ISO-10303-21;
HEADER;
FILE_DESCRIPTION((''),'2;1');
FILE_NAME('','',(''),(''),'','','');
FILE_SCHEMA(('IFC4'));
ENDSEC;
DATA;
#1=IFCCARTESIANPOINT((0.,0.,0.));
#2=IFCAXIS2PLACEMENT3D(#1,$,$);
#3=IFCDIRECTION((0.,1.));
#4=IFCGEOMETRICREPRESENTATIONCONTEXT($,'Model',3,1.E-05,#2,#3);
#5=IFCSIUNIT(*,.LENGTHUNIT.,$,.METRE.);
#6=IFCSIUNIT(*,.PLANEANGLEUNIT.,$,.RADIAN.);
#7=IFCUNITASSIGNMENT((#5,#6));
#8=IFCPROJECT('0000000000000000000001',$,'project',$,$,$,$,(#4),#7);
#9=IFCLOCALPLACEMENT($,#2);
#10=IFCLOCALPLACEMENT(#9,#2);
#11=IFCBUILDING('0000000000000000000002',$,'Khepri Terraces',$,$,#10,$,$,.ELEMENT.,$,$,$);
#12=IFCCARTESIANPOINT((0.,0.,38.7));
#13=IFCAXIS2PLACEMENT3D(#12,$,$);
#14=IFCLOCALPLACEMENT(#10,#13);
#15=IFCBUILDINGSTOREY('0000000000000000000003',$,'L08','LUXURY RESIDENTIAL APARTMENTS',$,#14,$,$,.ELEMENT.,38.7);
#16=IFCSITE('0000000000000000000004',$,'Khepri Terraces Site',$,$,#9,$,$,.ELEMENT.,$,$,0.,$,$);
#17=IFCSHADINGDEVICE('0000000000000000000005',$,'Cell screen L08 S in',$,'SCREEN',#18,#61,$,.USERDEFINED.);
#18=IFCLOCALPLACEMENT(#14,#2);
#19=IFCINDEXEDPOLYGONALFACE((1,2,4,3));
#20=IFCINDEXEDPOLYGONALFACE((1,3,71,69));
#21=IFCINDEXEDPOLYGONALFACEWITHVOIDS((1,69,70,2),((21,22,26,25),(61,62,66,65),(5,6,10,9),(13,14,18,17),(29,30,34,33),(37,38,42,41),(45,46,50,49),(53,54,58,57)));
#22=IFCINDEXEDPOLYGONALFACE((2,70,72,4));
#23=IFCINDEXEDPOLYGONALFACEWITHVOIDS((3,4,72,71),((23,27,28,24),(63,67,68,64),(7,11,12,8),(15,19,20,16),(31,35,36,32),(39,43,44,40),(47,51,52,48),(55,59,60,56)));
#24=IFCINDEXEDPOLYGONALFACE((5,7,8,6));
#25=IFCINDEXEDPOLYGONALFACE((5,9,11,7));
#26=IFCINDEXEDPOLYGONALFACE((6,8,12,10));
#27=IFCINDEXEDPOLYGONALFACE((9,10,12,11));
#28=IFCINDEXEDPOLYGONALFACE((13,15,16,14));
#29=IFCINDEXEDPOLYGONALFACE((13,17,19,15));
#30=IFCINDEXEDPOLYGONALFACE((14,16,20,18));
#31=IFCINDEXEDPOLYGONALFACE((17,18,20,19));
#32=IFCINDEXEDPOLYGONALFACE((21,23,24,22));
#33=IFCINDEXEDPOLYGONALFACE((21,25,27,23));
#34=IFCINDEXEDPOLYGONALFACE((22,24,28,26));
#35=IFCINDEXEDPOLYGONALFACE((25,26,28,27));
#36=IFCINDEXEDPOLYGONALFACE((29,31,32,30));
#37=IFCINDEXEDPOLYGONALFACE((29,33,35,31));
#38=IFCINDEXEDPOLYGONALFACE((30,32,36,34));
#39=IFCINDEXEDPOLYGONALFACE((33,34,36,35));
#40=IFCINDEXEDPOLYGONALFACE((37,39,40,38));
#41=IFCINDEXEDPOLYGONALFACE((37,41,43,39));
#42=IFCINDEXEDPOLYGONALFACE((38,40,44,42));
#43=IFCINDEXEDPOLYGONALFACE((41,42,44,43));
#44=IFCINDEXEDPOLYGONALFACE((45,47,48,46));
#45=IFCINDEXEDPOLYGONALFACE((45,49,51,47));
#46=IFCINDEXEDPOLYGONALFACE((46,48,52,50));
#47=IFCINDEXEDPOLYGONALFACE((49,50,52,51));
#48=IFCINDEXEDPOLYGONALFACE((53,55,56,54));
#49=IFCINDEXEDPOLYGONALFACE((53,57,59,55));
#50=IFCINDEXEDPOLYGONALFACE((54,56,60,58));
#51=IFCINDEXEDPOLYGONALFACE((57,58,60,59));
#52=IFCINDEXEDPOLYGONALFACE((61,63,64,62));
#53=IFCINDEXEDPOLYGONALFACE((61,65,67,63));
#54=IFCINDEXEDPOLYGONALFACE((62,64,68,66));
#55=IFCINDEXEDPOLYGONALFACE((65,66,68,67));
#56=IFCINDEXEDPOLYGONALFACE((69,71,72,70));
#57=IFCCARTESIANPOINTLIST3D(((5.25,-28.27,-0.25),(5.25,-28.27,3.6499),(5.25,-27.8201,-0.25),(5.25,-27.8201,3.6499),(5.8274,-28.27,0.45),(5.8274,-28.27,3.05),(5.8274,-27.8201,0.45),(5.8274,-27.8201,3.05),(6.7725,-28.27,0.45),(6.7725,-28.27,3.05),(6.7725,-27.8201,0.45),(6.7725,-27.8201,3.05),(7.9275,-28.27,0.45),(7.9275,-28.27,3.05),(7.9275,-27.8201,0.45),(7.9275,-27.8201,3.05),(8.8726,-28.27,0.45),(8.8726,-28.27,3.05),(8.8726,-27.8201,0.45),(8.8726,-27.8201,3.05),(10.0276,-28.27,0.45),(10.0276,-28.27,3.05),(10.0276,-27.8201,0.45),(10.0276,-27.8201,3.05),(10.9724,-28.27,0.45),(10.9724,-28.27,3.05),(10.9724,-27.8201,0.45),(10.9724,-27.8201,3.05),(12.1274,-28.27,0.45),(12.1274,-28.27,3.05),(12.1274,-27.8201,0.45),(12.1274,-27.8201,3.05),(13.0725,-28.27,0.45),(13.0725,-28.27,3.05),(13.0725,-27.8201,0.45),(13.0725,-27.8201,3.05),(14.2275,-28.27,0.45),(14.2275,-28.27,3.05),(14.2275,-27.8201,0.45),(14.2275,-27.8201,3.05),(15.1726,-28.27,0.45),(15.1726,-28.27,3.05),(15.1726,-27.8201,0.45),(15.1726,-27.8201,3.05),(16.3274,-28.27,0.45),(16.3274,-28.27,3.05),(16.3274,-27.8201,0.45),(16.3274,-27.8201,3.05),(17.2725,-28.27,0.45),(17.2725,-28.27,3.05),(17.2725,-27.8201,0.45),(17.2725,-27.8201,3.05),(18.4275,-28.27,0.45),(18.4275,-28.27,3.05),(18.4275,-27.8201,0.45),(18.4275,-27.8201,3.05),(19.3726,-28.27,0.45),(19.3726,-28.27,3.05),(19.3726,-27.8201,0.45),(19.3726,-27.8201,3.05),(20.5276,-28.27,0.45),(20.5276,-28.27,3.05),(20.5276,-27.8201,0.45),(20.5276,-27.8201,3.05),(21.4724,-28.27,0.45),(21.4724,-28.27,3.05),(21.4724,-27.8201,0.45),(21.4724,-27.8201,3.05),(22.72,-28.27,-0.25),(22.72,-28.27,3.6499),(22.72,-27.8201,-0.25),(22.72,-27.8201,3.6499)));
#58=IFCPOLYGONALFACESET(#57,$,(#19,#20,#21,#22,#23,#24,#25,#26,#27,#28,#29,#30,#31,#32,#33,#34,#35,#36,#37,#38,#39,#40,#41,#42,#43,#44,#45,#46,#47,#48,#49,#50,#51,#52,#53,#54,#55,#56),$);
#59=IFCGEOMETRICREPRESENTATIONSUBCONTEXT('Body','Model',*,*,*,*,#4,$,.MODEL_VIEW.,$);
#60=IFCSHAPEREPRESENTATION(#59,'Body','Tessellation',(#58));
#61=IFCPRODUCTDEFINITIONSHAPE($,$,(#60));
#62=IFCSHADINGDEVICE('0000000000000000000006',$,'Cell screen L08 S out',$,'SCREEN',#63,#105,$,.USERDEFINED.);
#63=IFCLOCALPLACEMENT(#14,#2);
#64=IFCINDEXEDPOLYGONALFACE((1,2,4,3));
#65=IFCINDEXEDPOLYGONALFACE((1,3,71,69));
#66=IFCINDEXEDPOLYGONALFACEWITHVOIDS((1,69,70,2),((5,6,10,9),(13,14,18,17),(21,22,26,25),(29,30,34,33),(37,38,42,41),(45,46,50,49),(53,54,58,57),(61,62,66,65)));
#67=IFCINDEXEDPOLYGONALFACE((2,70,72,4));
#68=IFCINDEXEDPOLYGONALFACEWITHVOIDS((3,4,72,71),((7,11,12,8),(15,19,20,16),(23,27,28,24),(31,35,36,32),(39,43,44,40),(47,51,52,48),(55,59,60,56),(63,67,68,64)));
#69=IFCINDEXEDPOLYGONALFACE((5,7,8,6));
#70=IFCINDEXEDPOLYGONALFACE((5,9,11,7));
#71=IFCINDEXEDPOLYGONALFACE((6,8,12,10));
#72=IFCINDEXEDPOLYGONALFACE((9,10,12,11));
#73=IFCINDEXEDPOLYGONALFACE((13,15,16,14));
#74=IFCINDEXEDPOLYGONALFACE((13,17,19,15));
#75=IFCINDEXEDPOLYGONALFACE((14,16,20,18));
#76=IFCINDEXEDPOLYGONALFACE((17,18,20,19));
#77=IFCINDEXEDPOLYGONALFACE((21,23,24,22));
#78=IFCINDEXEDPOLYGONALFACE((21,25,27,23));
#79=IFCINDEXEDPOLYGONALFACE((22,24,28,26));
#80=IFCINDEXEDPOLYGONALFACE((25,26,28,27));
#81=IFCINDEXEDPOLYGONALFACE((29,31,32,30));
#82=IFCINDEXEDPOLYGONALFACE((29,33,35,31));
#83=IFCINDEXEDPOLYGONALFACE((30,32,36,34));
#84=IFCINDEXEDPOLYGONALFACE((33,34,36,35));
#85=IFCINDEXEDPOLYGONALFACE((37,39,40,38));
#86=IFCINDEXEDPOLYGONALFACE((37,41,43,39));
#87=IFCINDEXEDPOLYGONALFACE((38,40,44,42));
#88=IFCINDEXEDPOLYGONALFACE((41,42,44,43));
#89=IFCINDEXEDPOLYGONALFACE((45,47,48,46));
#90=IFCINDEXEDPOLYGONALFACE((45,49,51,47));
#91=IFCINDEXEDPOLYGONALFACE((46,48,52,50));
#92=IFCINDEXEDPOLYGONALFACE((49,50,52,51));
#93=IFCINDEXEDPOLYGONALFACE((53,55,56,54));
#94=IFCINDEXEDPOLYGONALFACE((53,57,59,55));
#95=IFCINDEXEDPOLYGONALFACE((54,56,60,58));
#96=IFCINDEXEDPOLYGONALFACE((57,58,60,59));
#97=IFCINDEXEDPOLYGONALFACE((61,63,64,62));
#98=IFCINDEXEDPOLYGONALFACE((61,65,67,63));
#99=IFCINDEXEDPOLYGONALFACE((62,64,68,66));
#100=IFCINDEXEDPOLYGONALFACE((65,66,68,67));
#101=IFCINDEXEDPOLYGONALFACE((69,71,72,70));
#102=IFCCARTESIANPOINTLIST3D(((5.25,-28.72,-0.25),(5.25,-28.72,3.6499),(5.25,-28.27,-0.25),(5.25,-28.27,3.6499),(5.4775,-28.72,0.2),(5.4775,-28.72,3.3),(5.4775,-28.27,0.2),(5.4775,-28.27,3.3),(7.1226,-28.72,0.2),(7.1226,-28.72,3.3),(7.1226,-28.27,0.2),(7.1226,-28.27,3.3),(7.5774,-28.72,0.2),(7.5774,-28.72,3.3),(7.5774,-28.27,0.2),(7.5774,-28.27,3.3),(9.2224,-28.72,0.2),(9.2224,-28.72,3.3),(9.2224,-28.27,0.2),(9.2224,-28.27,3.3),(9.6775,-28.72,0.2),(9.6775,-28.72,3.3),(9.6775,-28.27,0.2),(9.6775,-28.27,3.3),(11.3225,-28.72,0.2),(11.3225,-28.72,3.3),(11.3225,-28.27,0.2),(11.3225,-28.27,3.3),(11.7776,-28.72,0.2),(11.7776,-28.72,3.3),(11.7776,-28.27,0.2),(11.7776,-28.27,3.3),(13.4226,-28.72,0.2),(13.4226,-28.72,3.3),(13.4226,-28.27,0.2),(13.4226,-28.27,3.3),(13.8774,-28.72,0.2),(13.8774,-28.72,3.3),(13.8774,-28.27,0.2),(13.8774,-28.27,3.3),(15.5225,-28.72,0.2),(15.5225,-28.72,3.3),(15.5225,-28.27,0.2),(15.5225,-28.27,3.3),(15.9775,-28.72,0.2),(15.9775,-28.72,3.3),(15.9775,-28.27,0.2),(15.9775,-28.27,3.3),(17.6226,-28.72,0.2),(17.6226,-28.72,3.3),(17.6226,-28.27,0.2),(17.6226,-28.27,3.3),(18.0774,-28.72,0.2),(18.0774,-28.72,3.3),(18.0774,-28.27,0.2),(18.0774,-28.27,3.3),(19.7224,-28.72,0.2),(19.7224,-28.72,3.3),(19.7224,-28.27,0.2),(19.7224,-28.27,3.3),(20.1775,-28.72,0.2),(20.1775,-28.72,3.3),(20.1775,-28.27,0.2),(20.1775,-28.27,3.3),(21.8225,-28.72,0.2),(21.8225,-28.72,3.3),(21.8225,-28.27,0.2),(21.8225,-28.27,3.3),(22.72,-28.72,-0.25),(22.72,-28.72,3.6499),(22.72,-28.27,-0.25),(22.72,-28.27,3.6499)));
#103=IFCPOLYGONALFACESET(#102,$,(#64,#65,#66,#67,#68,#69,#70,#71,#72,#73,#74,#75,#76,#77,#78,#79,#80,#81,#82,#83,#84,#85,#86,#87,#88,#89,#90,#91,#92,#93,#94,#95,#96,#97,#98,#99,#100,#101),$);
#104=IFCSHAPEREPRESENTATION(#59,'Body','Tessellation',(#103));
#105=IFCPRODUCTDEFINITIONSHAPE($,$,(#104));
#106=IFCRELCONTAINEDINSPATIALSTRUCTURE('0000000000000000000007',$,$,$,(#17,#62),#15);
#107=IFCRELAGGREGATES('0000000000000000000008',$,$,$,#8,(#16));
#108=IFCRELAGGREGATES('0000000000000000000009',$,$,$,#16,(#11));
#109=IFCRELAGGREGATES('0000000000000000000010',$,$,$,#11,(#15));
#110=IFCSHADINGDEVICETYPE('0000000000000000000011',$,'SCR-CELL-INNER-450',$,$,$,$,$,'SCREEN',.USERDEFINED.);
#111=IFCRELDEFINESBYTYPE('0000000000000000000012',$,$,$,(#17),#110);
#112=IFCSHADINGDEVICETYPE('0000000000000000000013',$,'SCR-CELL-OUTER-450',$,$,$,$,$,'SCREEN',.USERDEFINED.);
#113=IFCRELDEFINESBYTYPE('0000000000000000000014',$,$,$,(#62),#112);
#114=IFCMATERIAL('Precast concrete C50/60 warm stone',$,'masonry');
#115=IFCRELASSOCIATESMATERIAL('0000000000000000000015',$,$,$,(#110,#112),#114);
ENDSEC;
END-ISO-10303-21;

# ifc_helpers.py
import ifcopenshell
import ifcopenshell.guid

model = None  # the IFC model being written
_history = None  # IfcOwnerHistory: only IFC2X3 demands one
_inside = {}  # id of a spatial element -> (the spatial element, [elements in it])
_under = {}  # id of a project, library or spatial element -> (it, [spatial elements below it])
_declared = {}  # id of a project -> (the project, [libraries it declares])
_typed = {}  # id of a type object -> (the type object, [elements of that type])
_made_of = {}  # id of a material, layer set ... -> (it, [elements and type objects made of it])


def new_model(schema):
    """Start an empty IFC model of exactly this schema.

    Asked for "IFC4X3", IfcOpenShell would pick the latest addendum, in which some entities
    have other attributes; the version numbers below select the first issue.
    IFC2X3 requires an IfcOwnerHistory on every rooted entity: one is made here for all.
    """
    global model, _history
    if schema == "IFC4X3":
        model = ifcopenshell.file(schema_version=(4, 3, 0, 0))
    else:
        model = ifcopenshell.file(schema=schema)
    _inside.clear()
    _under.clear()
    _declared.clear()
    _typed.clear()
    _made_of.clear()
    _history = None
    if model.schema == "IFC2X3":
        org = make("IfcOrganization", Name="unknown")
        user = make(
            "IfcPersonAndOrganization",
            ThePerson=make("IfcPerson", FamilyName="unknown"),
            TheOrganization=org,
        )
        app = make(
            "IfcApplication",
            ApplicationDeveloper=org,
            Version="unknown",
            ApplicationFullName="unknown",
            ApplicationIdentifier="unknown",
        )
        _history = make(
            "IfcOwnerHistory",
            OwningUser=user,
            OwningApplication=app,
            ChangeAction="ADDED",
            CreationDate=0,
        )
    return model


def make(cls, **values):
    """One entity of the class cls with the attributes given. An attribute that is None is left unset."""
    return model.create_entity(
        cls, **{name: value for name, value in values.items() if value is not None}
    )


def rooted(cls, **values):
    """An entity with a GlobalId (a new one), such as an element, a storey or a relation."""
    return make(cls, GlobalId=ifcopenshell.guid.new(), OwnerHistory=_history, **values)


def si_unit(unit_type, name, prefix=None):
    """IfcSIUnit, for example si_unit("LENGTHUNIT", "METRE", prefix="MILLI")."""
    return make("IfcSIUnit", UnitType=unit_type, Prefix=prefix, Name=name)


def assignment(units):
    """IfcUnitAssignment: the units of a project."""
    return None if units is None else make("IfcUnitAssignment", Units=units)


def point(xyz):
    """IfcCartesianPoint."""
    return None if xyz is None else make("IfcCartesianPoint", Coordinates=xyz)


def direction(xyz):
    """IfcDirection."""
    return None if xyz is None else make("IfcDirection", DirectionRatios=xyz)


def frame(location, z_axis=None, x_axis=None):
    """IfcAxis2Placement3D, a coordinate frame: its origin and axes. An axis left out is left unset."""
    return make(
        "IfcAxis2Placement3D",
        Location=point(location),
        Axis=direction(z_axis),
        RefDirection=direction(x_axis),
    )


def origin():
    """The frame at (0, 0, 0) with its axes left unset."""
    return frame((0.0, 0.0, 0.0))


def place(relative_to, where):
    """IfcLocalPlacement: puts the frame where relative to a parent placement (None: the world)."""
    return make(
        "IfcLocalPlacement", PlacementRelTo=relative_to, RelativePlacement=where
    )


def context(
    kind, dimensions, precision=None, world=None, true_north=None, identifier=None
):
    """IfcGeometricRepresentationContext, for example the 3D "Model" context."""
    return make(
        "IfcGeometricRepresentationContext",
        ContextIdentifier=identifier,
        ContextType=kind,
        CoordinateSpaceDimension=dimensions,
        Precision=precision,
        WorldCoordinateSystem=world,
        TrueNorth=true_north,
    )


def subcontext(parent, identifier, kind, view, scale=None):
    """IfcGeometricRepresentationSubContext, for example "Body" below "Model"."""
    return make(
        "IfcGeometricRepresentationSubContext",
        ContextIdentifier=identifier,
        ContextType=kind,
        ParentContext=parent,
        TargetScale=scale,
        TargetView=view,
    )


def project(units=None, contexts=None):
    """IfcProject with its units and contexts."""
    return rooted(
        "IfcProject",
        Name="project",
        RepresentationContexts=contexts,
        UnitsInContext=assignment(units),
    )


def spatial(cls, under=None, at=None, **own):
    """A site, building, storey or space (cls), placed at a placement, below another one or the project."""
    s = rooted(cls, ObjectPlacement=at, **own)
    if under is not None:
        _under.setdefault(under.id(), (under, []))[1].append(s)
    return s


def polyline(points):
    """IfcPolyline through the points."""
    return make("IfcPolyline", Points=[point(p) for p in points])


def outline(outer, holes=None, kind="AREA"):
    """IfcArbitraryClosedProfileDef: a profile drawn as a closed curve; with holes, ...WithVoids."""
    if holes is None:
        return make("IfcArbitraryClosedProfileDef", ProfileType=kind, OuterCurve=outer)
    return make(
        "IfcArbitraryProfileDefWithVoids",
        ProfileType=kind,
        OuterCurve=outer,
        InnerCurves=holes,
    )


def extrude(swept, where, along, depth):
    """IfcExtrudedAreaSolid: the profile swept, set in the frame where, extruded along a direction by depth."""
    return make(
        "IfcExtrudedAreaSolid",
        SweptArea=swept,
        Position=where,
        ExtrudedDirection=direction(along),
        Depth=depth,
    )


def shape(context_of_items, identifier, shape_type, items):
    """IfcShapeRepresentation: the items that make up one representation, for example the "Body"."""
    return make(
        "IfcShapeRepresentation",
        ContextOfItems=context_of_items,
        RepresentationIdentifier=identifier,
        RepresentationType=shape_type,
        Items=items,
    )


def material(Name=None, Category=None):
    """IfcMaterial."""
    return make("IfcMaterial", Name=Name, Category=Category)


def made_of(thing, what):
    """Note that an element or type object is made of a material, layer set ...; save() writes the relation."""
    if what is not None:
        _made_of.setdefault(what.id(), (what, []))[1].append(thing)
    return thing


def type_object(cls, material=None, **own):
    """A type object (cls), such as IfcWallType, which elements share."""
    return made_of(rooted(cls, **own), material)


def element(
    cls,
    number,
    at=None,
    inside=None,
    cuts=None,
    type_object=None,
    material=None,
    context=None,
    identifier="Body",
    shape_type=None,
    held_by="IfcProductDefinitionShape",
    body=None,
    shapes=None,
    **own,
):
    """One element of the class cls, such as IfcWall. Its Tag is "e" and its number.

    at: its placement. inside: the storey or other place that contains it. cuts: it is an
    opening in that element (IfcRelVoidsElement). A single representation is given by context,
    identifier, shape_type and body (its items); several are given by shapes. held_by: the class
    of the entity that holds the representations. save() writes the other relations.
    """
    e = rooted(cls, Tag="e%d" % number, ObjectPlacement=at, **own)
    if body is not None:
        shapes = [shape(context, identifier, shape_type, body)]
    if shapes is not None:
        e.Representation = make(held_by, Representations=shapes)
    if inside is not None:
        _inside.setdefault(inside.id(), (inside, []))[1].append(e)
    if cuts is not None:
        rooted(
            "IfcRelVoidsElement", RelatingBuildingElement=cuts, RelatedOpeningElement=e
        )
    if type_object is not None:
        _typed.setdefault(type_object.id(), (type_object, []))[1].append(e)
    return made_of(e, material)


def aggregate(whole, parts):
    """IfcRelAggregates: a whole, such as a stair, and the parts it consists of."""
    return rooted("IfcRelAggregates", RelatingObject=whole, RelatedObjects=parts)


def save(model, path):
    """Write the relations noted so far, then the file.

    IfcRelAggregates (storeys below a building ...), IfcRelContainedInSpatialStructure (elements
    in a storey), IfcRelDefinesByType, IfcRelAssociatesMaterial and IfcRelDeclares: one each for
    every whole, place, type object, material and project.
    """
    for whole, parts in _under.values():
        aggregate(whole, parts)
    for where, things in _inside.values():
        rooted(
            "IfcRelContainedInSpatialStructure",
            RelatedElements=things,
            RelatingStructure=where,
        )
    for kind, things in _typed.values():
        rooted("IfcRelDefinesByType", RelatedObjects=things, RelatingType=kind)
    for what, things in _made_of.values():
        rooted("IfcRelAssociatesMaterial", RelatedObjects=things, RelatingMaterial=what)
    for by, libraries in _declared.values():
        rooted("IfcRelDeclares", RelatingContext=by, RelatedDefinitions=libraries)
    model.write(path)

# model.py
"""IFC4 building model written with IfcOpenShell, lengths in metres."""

from ifc_helpers import new_model, si_unit, direction, frame, origin, place, context, subcontext, project, spatial, polyline, outline, extrude, material, type_object, element, save


model = new_model("IFC4")

# Units and contexts
model_context = context("Model", 3, precision=1e-05, world=origin(), true_north=direction((0.0, 1.0)))
body_context = subcontext(model_context, "Body", "Model", "MODEL_VIEW")
ifc_project = project(units=[si_unit("LENGTHUNIT", "METRE"), si_unit("PLANEANGLEUNIT", "RADIAN")], contexts=[model_context])

# Site, building, storey
site_placement = place(None, origin())
site = spatial("IfcSite", under=ifc_project, at=site_placement, Name="Khepri Terraces Site", CompositionType="ELEMENT", RefElevation=0.0)
building_placement = place(site_placement, origin())
building = spatial("IfcBuilding", under=site, at=building_placement, Name="Khepri Terraces", CompositionType="ELEMENT")
storey_placement = place(building_placement, frame((0.0, 0.0, 38.7)))
storey = spatial("IfcBuildingStorey", under=building, at=storey_placement, Name="L08", Description="LUXURY RESIDENTIAL APARTMENTS", CompositionType="ELEMENT", Elevation=38.7)

# Shared definitions
ifc_material_1 = material(Name="Precast concrete C50/60 warm stone", Category="masonry")

# Shading devices
shading_device_type_1 = type_object("IfcShadingDeviceType", Name="SCR-CELL-INNER-450", ElementType="SCREEN", PredefinedType="USERDEFINED", material=ifc_material_1)
shading_device_1_placement = place(storey_placement, frame((5.25, -27.8201, -0.25), z_axis=(0.0, -1.0, 0.0), x_axis=(1.0, 0.0, 0.0)))
element("IfcShadingDevice", 1, at=shading_device_1_placement, inside=storey, type_object=shading_device_type_1, Name="Cell screen L08 S in", ObjectType="SCREEN", PredefinedType="USERDEFINED", context=body_context, shape_type="SweptSolid", body=[
    extrude(outline(polyline([(0.0, 0.0), (17.47, 0.0), (17.47, 3.8999), (0.0, 3.8999), (0.0, 0.0)]), holes=[polyline([(0.5774, 0.7), (1.5225, 0.7), (1.5225, 3.3), (0.5774, 3.3), (0.5774, 0.7)]), polyline([(2.6775, 0.7), (3.6226, 0.7), (3.6226, 3.3), (2.6775, 3.3), (2.6775, 0.7)]), polyline([(4.7776, 0.7), (5.7224, 0.7), (5.7224, 3.3), (4.7776, 3.3), (4.7776, 0.7)]), polyline([(6.8774, 0.7), (7.8225, 0.7), (7.8225, 3.3), (6.8774, 3.3), (6.8774, 0.7)]), polyline([(8.9775, 0.7), (9.9226, 0.7), (9.9226, 3.3), (8.9775, 3.3), (8.9775, 0.7)]), polyline([(11.0774, 0.7), (12.0225, 0.7), (12.0225, 3.3), (11.0774, 3.3), (11.0774, 0.7)]), polyline([(13.1775, 0.7), (14.1226, 0.7), (14.1226, 3.3), (13.1775, 3.3), (13.1775, 0.7)]), polyline([(15.2776, 0.7), (16.2224, 0.7), (16.2224, 3.3), (15.2776, 3.3), (15.2776, 0.7)])]), origin(), (0.0, 0.0, 1.0), 0.45),
])
shading_device_type_2 = type_object("IfcShadingDeviceType", Name="SCR-CELL-OUTER-450", ElementType="SCREEN", PredefinedType="USERDEFINED", material=ifc_material_1)
shading_device_2_placement = place(storey_placement, frame((5.25, -28.27, -0.25), z_axis=(0.0, -1.0, 0.0), x_axis=(1.0, 0.0, 0.0)))
element("IfcShadingDevice", 2, at=shading_device_2_placement, inside=storey, type_object=shading_device_type_2, Name="Cell screen L08 S out", ObjectType="SCREEN", PredefinedType="USERDEFINED", context=body_context, shape_type="SweptSolid", body=[
    extrude(outline(polyline([(0.0, 0.0), (17.47, 0.0), (17.47, 3.8999), (0.0, 3.8999), (0.0, 0.0)]), holes=[polyline([(0.2275, 0.45), (1.8726, 0.45), (1.8726, 3.55), (0.2275, 3.55), (0.2275, 0.45)]), polyline([(2.3274, 0.45), (3.9724, 0.45), (3.9724, 3.55), (2.3274, 3.55), (2.3274, 0.45)]), polyline([(4.4275, 0.45), (6.0725, 0.45), (6.0725, 3.55), (4.4275, 3.55), (4.4275, 0.45)]), polyline([(6.5276, 0.45), (8.1726, 0.45), (8.1726, 3.55), (6.5276, 3.55), (6.5276, 0.45)]), polyline([(8.6274, 0.45), (10.2725, 0.45), (10.2725, 3.55), (8.6274, 3.55), (8.6274, 0.45)]), polyline([(10.7275, 0.45), (12.3726, 0.45), (12.3726, 3.55), (10.7275, 3.55), (10.7275, 0.45)]), polyline([(12.8274, 0.45), (14.4724, 0.45), (14.4724, 3.55), (12.8274, 3.55), (12.8274, 0.45)]), polyline([(14.9275, 0.45), (16.5725, 0.45), (16.5725, 3.55), (14.9275, 3.55), (14.9275, 0.45)])]), origin(), (0.0, 0.0, 1.0), 0.45),
])

save(model, "model.ifc")
